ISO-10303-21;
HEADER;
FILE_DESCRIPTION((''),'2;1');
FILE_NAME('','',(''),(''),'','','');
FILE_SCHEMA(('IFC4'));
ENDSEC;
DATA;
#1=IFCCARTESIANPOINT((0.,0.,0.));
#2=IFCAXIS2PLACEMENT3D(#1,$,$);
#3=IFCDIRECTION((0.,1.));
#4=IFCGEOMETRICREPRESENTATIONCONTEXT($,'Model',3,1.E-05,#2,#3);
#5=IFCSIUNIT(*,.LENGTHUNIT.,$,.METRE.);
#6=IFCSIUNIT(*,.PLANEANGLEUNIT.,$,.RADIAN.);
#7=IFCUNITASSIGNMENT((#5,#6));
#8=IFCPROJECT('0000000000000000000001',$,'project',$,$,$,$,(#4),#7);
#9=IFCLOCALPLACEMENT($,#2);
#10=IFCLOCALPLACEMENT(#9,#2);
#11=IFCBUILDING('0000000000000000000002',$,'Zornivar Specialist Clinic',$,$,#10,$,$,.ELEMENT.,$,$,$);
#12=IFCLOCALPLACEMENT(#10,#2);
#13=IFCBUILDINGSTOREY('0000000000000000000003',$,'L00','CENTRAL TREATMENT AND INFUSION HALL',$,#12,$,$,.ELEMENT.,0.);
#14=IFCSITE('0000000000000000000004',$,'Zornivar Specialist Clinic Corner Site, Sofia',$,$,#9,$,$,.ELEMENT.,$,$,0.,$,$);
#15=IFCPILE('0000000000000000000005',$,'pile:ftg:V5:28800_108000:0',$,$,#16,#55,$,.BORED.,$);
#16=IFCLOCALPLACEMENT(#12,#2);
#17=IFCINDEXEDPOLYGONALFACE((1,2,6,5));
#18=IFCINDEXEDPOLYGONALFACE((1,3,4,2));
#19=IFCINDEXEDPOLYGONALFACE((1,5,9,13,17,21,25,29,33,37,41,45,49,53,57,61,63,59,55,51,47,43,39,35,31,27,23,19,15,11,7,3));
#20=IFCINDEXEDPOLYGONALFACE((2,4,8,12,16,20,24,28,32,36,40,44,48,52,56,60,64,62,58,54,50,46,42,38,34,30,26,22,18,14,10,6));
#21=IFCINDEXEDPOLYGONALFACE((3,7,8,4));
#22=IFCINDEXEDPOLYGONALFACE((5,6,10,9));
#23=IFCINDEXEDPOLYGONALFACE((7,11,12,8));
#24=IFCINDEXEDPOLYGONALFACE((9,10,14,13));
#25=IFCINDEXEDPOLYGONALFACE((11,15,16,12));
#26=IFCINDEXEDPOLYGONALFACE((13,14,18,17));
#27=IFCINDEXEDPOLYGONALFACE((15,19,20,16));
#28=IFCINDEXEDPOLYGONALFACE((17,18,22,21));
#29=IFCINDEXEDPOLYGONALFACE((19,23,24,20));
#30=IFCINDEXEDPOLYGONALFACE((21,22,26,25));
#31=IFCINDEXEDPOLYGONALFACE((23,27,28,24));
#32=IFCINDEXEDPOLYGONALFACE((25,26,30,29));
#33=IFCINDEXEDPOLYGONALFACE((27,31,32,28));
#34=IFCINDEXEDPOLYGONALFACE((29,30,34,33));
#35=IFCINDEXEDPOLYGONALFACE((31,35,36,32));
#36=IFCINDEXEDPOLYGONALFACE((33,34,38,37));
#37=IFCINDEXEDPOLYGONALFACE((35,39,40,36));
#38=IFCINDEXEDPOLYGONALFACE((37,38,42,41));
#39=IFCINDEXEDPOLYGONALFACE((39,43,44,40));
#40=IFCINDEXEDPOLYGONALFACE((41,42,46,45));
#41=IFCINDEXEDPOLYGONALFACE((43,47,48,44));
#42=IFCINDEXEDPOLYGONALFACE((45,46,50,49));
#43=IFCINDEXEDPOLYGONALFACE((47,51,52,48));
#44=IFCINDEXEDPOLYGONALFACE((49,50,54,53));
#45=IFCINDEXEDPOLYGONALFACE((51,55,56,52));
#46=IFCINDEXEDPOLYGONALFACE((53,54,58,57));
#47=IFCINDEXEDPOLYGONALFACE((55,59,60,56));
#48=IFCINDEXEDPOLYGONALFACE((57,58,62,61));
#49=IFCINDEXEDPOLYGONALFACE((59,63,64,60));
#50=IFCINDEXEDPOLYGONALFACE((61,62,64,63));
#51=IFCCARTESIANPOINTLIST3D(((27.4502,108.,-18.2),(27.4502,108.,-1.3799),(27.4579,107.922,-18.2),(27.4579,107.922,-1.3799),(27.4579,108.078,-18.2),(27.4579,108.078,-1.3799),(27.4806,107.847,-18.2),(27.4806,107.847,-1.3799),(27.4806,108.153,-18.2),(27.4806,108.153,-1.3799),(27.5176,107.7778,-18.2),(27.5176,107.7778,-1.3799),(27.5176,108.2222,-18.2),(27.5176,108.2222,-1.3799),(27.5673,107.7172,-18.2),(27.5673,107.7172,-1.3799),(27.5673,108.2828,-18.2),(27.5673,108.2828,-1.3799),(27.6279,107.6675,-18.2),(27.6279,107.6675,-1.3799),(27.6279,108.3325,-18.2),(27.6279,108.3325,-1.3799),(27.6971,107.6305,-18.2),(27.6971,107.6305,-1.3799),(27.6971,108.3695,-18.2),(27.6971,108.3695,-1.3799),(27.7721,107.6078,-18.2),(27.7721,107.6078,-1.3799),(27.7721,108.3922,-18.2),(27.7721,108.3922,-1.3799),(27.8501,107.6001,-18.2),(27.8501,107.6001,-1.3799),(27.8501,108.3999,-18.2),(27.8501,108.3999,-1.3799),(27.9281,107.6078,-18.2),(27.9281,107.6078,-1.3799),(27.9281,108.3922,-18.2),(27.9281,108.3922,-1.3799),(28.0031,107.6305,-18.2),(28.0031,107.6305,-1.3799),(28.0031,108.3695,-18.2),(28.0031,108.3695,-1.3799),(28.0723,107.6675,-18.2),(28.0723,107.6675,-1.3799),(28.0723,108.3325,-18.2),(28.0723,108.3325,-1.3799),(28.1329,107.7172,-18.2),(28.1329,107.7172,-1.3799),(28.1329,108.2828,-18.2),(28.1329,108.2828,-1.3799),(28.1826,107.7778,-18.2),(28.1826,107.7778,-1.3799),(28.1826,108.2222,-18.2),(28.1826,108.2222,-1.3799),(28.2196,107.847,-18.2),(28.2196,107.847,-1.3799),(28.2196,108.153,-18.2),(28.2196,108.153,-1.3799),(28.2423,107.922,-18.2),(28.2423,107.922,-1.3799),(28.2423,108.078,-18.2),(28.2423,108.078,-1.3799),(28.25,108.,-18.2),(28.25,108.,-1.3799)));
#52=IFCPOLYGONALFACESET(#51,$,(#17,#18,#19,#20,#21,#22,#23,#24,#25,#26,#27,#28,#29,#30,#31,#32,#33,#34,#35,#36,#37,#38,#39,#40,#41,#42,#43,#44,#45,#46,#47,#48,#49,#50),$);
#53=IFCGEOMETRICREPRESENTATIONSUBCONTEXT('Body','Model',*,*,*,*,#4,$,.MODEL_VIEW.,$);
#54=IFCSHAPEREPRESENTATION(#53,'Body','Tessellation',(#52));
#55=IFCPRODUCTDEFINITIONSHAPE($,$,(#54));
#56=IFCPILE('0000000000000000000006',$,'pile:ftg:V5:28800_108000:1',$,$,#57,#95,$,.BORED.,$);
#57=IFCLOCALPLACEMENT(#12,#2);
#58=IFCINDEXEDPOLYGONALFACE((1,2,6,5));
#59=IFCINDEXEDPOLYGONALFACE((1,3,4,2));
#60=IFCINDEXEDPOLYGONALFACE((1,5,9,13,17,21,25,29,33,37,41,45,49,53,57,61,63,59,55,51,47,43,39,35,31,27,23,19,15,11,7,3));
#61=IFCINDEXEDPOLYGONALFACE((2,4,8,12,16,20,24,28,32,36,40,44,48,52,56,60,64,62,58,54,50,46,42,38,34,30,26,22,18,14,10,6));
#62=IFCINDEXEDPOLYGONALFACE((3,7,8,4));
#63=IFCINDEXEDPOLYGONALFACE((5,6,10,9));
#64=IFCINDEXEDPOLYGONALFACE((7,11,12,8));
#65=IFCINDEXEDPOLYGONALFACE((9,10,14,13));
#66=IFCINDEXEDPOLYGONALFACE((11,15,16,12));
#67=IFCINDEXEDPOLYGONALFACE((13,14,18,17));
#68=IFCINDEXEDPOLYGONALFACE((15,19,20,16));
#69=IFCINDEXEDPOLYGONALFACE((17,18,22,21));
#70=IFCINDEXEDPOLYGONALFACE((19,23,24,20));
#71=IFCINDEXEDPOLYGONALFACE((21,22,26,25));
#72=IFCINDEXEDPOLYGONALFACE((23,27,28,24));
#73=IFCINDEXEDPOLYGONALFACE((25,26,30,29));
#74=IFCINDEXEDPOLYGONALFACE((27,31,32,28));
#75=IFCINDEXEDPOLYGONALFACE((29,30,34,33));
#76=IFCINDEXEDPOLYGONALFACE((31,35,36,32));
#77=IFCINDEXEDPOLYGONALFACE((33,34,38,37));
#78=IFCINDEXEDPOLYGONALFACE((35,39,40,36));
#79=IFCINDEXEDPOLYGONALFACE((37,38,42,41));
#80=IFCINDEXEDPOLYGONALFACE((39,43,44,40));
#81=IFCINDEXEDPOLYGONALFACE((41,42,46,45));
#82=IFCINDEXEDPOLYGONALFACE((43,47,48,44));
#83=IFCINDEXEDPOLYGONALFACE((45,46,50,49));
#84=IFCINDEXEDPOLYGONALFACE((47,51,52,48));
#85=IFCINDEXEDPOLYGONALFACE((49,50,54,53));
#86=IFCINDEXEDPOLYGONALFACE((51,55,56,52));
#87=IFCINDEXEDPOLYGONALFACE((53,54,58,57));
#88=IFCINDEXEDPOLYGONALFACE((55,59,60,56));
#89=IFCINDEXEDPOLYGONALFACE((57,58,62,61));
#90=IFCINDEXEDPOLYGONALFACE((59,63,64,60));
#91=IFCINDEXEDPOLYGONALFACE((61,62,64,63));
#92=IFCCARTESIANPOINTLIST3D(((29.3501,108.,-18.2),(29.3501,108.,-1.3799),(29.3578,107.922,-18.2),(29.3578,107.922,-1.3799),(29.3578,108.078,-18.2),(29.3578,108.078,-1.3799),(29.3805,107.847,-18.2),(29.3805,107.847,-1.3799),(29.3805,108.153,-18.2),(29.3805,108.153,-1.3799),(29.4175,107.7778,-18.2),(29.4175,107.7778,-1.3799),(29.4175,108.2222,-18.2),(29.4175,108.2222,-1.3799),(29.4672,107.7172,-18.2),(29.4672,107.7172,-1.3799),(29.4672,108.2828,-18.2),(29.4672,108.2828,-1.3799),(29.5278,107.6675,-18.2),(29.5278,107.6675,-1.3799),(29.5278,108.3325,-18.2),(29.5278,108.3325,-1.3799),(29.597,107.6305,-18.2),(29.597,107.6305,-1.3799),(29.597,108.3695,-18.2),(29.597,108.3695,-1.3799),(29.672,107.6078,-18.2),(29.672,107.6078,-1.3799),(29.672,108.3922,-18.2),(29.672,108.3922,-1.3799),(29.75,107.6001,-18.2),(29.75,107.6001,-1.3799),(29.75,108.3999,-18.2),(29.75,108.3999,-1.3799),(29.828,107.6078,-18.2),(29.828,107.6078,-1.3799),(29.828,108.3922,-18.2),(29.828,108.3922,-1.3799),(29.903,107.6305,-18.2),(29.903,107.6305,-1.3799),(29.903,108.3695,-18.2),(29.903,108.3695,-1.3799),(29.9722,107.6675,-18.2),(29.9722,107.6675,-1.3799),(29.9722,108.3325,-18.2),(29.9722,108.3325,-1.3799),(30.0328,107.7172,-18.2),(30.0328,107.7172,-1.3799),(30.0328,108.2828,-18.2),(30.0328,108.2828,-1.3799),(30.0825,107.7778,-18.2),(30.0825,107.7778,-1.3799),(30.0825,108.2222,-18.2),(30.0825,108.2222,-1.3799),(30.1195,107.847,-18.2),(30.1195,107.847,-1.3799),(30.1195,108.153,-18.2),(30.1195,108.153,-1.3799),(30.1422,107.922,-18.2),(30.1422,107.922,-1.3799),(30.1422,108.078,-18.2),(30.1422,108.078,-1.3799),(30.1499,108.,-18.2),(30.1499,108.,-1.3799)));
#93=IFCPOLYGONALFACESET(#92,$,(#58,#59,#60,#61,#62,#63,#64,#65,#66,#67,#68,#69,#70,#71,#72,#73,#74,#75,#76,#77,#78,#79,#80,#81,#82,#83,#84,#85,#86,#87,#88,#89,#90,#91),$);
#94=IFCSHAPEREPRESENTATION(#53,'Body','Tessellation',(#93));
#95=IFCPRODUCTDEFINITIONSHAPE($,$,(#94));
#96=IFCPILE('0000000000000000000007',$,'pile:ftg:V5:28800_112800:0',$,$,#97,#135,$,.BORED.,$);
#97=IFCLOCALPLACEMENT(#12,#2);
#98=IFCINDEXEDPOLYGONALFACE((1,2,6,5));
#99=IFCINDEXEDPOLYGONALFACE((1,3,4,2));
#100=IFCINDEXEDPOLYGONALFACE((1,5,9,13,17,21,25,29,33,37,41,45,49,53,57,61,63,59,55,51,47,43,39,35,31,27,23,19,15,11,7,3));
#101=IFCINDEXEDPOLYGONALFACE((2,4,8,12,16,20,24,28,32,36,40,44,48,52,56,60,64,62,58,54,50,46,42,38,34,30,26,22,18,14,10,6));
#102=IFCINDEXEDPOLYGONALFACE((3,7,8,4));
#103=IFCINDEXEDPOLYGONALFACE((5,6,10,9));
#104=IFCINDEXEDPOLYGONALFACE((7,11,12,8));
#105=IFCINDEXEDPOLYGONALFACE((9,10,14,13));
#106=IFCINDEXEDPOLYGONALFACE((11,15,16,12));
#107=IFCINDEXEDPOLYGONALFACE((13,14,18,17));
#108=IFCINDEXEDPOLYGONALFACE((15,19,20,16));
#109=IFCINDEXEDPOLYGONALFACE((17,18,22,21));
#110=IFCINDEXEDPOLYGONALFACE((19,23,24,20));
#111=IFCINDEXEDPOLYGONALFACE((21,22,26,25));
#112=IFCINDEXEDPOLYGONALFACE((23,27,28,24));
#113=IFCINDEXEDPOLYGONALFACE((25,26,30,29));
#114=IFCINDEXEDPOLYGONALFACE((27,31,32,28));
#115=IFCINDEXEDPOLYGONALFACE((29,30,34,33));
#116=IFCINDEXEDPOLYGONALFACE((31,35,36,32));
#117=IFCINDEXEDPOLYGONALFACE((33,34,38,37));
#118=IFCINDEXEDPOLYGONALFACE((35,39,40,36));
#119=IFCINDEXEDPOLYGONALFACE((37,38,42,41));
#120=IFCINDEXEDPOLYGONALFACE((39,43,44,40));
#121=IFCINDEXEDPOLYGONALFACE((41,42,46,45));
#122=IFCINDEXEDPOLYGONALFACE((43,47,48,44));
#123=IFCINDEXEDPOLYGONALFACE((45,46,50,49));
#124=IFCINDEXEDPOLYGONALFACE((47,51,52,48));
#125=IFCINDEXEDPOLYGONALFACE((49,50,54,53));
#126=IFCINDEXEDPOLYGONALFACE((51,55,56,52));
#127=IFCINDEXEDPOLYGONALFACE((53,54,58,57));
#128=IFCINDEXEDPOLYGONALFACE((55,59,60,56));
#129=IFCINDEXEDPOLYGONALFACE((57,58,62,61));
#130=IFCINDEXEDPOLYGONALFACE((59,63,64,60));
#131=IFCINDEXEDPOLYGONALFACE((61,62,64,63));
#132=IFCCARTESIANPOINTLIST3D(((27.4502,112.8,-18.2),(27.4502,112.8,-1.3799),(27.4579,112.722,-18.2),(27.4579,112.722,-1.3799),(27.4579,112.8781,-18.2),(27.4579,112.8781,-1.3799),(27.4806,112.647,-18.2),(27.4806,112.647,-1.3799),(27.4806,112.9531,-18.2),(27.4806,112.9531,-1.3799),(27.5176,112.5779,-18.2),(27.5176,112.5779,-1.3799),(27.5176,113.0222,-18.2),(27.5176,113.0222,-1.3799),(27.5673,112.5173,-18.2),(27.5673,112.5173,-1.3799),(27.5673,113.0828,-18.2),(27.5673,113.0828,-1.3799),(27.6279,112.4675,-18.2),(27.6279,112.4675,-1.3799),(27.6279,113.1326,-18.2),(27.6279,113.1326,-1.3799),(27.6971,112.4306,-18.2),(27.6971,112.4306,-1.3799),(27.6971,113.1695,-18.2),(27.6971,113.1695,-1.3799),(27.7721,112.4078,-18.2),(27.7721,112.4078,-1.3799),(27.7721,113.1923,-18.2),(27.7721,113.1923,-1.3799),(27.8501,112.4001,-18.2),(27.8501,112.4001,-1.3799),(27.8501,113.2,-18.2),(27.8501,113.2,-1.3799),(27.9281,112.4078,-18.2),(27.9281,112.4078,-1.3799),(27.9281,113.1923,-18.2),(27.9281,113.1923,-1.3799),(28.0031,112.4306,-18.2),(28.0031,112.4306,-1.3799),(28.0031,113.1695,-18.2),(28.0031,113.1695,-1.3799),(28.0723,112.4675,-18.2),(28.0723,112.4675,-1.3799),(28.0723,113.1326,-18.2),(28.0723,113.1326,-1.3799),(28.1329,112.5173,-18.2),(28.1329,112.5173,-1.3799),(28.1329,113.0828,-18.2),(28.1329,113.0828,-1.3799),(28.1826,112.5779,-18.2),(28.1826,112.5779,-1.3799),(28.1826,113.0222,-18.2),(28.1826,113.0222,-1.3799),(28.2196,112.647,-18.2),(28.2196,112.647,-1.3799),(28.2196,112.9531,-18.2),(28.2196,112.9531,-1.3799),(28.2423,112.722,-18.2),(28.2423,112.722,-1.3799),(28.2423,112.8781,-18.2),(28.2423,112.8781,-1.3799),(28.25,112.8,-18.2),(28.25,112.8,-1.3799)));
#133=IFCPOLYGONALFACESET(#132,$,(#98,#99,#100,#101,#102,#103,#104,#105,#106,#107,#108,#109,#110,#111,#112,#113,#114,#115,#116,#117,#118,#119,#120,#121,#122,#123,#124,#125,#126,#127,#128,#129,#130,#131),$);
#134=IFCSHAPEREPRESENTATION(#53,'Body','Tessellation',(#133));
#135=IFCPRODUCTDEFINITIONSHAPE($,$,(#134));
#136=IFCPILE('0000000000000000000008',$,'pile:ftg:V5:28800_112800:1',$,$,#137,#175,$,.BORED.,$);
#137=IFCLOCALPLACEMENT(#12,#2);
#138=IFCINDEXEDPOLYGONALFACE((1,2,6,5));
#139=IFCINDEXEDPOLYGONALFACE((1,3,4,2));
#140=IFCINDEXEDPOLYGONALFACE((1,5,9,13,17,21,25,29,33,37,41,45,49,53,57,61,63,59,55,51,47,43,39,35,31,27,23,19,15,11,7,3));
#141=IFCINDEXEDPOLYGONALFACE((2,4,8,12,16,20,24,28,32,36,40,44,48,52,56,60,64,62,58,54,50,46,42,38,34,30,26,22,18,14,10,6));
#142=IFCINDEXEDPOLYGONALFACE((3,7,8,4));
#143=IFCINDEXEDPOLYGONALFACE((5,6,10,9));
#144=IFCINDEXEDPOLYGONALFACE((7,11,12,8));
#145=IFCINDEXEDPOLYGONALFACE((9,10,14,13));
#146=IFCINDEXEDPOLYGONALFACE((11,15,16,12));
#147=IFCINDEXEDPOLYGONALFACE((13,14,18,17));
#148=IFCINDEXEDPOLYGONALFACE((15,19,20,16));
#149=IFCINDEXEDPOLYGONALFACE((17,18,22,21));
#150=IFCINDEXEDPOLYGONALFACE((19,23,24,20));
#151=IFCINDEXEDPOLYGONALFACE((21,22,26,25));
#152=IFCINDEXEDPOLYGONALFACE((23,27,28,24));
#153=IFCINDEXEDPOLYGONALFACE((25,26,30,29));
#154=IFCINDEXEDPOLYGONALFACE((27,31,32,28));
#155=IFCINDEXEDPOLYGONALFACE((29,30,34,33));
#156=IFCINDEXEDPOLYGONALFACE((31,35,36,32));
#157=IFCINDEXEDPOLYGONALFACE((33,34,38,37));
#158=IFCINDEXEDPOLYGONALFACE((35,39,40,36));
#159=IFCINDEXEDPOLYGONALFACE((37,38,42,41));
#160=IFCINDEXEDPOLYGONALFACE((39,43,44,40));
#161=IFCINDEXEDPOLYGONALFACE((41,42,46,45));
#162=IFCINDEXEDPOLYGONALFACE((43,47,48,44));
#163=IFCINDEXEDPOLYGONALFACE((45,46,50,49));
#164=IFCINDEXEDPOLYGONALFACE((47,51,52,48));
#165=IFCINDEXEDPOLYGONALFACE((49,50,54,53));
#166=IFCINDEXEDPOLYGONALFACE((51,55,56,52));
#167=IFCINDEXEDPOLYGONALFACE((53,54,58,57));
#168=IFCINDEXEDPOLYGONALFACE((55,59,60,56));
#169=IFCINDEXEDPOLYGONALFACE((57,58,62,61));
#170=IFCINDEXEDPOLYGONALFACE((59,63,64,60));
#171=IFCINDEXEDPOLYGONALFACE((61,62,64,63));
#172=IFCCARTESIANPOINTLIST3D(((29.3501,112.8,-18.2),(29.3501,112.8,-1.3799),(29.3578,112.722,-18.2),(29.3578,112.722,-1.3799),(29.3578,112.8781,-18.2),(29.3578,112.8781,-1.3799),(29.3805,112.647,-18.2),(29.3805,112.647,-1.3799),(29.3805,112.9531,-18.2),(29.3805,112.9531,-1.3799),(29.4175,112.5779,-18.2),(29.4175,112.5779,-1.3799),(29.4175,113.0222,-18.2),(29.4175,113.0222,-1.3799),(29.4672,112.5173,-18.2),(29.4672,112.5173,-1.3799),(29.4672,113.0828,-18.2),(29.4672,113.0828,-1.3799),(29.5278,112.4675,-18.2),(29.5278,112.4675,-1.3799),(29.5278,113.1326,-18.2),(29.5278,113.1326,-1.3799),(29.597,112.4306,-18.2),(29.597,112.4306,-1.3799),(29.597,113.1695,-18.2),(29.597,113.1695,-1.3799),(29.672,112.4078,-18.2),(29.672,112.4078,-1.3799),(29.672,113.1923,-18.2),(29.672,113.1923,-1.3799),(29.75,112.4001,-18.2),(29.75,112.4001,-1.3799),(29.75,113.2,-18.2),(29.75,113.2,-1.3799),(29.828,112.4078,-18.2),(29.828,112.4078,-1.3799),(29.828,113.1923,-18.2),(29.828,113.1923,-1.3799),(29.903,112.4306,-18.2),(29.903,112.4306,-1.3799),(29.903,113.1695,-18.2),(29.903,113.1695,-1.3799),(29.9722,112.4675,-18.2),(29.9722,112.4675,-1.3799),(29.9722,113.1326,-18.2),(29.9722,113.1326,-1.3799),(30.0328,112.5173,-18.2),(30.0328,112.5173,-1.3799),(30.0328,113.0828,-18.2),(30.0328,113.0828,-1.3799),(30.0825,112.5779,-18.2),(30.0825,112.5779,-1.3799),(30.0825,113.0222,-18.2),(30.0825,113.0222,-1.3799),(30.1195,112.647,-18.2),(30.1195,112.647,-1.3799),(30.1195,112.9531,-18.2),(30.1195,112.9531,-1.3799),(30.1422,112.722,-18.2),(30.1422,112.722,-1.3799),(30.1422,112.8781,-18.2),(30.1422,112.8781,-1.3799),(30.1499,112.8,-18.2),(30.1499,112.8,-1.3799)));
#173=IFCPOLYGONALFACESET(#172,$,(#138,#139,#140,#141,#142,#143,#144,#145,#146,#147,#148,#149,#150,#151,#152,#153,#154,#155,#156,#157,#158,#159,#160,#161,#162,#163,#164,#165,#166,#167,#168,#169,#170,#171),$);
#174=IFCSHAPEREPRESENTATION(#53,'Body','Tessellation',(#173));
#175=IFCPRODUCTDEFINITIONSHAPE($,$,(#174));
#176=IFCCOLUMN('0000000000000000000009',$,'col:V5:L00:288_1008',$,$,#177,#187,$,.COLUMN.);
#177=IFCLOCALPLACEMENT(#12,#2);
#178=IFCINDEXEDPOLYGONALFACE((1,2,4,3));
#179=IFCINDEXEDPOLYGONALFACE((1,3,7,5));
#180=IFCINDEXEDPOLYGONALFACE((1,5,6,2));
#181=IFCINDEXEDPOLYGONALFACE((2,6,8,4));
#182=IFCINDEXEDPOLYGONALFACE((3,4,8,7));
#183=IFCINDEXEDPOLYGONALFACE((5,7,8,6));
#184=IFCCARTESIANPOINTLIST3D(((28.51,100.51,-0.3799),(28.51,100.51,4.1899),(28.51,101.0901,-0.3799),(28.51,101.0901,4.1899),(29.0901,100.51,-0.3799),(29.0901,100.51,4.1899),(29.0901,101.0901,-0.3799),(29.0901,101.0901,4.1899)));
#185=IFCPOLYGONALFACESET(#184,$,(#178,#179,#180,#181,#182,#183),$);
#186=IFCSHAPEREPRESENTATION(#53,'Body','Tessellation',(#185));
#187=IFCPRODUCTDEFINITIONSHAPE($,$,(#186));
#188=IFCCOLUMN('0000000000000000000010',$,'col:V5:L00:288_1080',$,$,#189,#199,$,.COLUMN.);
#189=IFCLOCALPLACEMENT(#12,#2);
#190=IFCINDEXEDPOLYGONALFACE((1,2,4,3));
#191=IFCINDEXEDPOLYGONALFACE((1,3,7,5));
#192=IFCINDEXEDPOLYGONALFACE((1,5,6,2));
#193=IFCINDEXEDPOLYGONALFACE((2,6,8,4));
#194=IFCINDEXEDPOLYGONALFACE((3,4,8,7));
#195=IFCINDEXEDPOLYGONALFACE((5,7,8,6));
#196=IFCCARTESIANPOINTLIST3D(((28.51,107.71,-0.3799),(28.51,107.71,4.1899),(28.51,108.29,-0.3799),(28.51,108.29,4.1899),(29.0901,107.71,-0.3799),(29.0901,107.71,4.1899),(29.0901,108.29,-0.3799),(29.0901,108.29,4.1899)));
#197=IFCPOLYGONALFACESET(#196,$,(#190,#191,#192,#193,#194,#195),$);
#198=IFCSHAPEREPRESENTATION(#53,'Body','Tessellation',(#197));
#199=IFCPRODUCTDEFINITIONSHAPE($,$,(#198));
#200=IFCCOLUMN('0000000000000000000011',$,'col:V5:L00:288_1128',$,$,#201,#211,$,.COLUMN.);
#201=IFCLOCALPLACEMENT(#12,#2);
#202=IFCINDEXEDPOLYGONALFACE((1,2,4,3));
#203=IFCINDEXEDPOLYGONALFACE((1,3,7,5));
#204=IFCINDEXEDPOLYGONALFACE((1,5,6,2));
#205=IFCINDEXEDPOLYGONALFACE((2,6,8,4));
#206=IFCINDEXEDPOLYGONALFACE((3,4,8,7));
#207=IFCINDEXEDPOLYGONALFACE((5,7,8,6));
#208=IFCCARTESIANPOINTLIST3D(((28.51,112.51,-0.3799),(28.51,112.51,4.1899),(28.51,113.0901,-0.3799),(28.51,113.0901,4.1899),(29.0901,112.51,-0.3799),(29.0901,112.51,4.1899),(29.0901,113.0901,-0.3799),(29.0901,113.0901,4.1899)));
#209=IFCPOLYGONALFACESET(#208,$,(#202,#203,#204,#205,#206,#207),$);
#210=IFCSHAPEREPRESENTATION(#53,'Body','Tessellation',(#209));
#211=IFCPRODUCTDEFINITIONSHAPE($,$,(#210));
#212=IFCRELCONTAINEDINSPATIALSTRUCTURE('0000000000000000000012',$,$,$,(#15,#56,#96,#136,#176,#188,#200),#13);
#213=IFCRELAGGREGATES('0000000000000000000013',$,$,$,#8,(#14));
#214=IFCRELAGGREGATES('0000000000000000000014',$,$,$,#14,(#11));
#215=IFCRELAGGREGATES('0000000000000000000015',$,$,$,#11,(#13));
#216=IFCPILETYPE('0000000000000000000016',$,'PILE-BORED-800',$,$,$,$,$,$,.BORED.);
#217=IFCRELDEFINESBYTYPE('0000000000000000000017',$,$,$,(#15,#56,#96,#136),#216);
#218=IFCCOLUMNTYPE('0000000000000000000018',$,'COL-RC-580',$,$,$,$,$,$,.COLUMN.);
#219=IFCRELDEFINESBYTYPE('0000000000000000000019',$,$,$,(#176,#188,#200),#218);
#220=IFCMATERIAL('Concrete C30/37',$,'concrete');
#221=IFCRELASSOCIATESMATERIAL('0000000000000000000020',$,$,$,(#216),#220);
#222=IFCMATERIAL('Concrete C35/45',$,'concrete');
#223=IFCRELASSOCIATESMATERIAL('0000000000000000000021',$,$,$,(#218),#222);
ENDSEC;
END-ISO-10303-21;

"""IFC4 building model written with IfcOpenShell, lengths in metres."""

from ifc_helpers import new_model, si_unit, direction, frame, origin, origin_2d, place, context, subcontext, project, spatial, rectangle, circle, extrude, material, material_profile, profile_set, type_object, element, save


model = new_model("IFC4")

# Units and contexts
model_context = context("Model", 3, precision=1e-05, world=origin(), true_north=direction((0.0, 1.0)))
body_context = subcontext(model_context, "Body", "Model", "MODEL_VIEW")
ifc_project = project(units=[si_unit("LENGTHUNIT", "METRE"), si_unit("PLANEANGLEUNIT", "RADIAN")], contexts=[model_context])

# Site, building, storey
site_placement = place(None, origin())
site = spatial("IfcSite", under=ifc_project, at=site_placement, Name="Zornivar Specialist Clinic Corner Site, Sofia", CompositionType="ELEMENT", RefElevation=0.0)
building_placement = place(site_placement, origin())
building = spatial("IfcBuilding", under=site, at=building_placement, Name="Zornivar Specialist Clinic", CompositionType="ELEMENT")
storey_placement = place(building_placement, origin())
storey = spatial("IfcBuildingStorey", under=building, at=storey_placement, Name="L00", Description="CENTRAL TREATMENT AND INFUSION HALL", CompositionType="ELEMENT", Elevation=0.0)

# Piles
ifc_material_1 = material(Name="Concrete C30/37", Category="concrete")
ifc_material_profile_1 = material_profile(ifc_material_1, circle(Radius=0.3999, at=origin_2d()), Name="PILE D800")
ifc_profile_set_1 = profile_set([ifc_material_profile_1], Name="Concrete C30/37")
pile_type = type_object("IfcPileType", Name="PILE-BORED-800", PredefinedType="BORED", material=ifc_profile_set_1)
for number, where, z_axis, x_axis, name in (
    (1, (27.8501, 108.0, -1.3799), (0.0, 0.0, -1.0), (1.0, 0.0, 0.0), "pile:ftg:V5:28800_108000:0"),
    (2, (29.75, 108.0, -1.3799), (0.0, 0.0, -1.0), (1.0, 0.0, 0.0), "pile:ftg:V5:28800_108000:1"),
    (3, (27.8501, 112.8, -1.3799), (0.0, 0.0, -1.0), (1.0, 0.0, 0.0), "pile:ftg:V5:28800_112800:0"),
    (4, (29.75, 112.8, -1.3799), (0.0, 0.0, -1.0), (1.0, 0.0, 0.0), "pile:ftg:V5:28800_112800:1"),
):
    element("IfcPile", number, at=place(storey_placement, frame(where, z_axis=z_axis, x_axis=x_axis)), inside=storey, type_object=pile_type, Name=name, PredefinedType="BORED", context=body_context, shape_type="SweptSolid", body=[
        extrude(circle(Radius=0.3999, at=origin_2d()), origin(), (0.0, 0.0, 1.0), 16.8201),
    ])

# Columns
ifc_material_2 = material(Name="Concrete C35/45", Category="concrete")
ifc_material_profile_2 = material_profile(ifc_material_2, rectangle(XDim=0.5801, YDim=0.5801, at=origin_2d()), Name="RC 580x580")
ifc_profile_set_2 = profile_set([ifc_material_profile_2], Name="Concrete C35/45")
column_type = type_object("IfcColumnType", Name="COL-RC-580", PredefinedType="COLUMN", material=ifc_profile_set_2)
for number, where, z_axis, x_axis, name in (
    (5, (28.8, 100.8, -0.3799), (0.0, 0.0, 1.0), (1.0, 0.0, 0.0), "col:V5:L00:288_1008"),
    (6, (28.8, 108.0, -0.3799), (0.0, 0.0, 1.0), (1.0, 0.0, 0.0), "col:V5:L00:288_1080"),
    (7, (28.8, 112.8, -0.3799), (0.0, 0.0, 1.0), (1.0, 0.0, 0.0), "col:V5:L00:288_1128"),
):
    element("IfcColumn", number, at=place(storey_placement, frame(where, z_axis=z_axis, x_axis=x_axis)), inside=storey, type_object=column_type, Name=name, PredefinedType="COLUMN", context=body_context, shape_type="SweptSolid", body=[
        extrude(rectangle(XDim=0.5801, YDim=0.5801, at=origin_2d()), origin(), (0.0, 0.0, 1.0), 4.5698),
    ])

save(model, "model.ifc")
